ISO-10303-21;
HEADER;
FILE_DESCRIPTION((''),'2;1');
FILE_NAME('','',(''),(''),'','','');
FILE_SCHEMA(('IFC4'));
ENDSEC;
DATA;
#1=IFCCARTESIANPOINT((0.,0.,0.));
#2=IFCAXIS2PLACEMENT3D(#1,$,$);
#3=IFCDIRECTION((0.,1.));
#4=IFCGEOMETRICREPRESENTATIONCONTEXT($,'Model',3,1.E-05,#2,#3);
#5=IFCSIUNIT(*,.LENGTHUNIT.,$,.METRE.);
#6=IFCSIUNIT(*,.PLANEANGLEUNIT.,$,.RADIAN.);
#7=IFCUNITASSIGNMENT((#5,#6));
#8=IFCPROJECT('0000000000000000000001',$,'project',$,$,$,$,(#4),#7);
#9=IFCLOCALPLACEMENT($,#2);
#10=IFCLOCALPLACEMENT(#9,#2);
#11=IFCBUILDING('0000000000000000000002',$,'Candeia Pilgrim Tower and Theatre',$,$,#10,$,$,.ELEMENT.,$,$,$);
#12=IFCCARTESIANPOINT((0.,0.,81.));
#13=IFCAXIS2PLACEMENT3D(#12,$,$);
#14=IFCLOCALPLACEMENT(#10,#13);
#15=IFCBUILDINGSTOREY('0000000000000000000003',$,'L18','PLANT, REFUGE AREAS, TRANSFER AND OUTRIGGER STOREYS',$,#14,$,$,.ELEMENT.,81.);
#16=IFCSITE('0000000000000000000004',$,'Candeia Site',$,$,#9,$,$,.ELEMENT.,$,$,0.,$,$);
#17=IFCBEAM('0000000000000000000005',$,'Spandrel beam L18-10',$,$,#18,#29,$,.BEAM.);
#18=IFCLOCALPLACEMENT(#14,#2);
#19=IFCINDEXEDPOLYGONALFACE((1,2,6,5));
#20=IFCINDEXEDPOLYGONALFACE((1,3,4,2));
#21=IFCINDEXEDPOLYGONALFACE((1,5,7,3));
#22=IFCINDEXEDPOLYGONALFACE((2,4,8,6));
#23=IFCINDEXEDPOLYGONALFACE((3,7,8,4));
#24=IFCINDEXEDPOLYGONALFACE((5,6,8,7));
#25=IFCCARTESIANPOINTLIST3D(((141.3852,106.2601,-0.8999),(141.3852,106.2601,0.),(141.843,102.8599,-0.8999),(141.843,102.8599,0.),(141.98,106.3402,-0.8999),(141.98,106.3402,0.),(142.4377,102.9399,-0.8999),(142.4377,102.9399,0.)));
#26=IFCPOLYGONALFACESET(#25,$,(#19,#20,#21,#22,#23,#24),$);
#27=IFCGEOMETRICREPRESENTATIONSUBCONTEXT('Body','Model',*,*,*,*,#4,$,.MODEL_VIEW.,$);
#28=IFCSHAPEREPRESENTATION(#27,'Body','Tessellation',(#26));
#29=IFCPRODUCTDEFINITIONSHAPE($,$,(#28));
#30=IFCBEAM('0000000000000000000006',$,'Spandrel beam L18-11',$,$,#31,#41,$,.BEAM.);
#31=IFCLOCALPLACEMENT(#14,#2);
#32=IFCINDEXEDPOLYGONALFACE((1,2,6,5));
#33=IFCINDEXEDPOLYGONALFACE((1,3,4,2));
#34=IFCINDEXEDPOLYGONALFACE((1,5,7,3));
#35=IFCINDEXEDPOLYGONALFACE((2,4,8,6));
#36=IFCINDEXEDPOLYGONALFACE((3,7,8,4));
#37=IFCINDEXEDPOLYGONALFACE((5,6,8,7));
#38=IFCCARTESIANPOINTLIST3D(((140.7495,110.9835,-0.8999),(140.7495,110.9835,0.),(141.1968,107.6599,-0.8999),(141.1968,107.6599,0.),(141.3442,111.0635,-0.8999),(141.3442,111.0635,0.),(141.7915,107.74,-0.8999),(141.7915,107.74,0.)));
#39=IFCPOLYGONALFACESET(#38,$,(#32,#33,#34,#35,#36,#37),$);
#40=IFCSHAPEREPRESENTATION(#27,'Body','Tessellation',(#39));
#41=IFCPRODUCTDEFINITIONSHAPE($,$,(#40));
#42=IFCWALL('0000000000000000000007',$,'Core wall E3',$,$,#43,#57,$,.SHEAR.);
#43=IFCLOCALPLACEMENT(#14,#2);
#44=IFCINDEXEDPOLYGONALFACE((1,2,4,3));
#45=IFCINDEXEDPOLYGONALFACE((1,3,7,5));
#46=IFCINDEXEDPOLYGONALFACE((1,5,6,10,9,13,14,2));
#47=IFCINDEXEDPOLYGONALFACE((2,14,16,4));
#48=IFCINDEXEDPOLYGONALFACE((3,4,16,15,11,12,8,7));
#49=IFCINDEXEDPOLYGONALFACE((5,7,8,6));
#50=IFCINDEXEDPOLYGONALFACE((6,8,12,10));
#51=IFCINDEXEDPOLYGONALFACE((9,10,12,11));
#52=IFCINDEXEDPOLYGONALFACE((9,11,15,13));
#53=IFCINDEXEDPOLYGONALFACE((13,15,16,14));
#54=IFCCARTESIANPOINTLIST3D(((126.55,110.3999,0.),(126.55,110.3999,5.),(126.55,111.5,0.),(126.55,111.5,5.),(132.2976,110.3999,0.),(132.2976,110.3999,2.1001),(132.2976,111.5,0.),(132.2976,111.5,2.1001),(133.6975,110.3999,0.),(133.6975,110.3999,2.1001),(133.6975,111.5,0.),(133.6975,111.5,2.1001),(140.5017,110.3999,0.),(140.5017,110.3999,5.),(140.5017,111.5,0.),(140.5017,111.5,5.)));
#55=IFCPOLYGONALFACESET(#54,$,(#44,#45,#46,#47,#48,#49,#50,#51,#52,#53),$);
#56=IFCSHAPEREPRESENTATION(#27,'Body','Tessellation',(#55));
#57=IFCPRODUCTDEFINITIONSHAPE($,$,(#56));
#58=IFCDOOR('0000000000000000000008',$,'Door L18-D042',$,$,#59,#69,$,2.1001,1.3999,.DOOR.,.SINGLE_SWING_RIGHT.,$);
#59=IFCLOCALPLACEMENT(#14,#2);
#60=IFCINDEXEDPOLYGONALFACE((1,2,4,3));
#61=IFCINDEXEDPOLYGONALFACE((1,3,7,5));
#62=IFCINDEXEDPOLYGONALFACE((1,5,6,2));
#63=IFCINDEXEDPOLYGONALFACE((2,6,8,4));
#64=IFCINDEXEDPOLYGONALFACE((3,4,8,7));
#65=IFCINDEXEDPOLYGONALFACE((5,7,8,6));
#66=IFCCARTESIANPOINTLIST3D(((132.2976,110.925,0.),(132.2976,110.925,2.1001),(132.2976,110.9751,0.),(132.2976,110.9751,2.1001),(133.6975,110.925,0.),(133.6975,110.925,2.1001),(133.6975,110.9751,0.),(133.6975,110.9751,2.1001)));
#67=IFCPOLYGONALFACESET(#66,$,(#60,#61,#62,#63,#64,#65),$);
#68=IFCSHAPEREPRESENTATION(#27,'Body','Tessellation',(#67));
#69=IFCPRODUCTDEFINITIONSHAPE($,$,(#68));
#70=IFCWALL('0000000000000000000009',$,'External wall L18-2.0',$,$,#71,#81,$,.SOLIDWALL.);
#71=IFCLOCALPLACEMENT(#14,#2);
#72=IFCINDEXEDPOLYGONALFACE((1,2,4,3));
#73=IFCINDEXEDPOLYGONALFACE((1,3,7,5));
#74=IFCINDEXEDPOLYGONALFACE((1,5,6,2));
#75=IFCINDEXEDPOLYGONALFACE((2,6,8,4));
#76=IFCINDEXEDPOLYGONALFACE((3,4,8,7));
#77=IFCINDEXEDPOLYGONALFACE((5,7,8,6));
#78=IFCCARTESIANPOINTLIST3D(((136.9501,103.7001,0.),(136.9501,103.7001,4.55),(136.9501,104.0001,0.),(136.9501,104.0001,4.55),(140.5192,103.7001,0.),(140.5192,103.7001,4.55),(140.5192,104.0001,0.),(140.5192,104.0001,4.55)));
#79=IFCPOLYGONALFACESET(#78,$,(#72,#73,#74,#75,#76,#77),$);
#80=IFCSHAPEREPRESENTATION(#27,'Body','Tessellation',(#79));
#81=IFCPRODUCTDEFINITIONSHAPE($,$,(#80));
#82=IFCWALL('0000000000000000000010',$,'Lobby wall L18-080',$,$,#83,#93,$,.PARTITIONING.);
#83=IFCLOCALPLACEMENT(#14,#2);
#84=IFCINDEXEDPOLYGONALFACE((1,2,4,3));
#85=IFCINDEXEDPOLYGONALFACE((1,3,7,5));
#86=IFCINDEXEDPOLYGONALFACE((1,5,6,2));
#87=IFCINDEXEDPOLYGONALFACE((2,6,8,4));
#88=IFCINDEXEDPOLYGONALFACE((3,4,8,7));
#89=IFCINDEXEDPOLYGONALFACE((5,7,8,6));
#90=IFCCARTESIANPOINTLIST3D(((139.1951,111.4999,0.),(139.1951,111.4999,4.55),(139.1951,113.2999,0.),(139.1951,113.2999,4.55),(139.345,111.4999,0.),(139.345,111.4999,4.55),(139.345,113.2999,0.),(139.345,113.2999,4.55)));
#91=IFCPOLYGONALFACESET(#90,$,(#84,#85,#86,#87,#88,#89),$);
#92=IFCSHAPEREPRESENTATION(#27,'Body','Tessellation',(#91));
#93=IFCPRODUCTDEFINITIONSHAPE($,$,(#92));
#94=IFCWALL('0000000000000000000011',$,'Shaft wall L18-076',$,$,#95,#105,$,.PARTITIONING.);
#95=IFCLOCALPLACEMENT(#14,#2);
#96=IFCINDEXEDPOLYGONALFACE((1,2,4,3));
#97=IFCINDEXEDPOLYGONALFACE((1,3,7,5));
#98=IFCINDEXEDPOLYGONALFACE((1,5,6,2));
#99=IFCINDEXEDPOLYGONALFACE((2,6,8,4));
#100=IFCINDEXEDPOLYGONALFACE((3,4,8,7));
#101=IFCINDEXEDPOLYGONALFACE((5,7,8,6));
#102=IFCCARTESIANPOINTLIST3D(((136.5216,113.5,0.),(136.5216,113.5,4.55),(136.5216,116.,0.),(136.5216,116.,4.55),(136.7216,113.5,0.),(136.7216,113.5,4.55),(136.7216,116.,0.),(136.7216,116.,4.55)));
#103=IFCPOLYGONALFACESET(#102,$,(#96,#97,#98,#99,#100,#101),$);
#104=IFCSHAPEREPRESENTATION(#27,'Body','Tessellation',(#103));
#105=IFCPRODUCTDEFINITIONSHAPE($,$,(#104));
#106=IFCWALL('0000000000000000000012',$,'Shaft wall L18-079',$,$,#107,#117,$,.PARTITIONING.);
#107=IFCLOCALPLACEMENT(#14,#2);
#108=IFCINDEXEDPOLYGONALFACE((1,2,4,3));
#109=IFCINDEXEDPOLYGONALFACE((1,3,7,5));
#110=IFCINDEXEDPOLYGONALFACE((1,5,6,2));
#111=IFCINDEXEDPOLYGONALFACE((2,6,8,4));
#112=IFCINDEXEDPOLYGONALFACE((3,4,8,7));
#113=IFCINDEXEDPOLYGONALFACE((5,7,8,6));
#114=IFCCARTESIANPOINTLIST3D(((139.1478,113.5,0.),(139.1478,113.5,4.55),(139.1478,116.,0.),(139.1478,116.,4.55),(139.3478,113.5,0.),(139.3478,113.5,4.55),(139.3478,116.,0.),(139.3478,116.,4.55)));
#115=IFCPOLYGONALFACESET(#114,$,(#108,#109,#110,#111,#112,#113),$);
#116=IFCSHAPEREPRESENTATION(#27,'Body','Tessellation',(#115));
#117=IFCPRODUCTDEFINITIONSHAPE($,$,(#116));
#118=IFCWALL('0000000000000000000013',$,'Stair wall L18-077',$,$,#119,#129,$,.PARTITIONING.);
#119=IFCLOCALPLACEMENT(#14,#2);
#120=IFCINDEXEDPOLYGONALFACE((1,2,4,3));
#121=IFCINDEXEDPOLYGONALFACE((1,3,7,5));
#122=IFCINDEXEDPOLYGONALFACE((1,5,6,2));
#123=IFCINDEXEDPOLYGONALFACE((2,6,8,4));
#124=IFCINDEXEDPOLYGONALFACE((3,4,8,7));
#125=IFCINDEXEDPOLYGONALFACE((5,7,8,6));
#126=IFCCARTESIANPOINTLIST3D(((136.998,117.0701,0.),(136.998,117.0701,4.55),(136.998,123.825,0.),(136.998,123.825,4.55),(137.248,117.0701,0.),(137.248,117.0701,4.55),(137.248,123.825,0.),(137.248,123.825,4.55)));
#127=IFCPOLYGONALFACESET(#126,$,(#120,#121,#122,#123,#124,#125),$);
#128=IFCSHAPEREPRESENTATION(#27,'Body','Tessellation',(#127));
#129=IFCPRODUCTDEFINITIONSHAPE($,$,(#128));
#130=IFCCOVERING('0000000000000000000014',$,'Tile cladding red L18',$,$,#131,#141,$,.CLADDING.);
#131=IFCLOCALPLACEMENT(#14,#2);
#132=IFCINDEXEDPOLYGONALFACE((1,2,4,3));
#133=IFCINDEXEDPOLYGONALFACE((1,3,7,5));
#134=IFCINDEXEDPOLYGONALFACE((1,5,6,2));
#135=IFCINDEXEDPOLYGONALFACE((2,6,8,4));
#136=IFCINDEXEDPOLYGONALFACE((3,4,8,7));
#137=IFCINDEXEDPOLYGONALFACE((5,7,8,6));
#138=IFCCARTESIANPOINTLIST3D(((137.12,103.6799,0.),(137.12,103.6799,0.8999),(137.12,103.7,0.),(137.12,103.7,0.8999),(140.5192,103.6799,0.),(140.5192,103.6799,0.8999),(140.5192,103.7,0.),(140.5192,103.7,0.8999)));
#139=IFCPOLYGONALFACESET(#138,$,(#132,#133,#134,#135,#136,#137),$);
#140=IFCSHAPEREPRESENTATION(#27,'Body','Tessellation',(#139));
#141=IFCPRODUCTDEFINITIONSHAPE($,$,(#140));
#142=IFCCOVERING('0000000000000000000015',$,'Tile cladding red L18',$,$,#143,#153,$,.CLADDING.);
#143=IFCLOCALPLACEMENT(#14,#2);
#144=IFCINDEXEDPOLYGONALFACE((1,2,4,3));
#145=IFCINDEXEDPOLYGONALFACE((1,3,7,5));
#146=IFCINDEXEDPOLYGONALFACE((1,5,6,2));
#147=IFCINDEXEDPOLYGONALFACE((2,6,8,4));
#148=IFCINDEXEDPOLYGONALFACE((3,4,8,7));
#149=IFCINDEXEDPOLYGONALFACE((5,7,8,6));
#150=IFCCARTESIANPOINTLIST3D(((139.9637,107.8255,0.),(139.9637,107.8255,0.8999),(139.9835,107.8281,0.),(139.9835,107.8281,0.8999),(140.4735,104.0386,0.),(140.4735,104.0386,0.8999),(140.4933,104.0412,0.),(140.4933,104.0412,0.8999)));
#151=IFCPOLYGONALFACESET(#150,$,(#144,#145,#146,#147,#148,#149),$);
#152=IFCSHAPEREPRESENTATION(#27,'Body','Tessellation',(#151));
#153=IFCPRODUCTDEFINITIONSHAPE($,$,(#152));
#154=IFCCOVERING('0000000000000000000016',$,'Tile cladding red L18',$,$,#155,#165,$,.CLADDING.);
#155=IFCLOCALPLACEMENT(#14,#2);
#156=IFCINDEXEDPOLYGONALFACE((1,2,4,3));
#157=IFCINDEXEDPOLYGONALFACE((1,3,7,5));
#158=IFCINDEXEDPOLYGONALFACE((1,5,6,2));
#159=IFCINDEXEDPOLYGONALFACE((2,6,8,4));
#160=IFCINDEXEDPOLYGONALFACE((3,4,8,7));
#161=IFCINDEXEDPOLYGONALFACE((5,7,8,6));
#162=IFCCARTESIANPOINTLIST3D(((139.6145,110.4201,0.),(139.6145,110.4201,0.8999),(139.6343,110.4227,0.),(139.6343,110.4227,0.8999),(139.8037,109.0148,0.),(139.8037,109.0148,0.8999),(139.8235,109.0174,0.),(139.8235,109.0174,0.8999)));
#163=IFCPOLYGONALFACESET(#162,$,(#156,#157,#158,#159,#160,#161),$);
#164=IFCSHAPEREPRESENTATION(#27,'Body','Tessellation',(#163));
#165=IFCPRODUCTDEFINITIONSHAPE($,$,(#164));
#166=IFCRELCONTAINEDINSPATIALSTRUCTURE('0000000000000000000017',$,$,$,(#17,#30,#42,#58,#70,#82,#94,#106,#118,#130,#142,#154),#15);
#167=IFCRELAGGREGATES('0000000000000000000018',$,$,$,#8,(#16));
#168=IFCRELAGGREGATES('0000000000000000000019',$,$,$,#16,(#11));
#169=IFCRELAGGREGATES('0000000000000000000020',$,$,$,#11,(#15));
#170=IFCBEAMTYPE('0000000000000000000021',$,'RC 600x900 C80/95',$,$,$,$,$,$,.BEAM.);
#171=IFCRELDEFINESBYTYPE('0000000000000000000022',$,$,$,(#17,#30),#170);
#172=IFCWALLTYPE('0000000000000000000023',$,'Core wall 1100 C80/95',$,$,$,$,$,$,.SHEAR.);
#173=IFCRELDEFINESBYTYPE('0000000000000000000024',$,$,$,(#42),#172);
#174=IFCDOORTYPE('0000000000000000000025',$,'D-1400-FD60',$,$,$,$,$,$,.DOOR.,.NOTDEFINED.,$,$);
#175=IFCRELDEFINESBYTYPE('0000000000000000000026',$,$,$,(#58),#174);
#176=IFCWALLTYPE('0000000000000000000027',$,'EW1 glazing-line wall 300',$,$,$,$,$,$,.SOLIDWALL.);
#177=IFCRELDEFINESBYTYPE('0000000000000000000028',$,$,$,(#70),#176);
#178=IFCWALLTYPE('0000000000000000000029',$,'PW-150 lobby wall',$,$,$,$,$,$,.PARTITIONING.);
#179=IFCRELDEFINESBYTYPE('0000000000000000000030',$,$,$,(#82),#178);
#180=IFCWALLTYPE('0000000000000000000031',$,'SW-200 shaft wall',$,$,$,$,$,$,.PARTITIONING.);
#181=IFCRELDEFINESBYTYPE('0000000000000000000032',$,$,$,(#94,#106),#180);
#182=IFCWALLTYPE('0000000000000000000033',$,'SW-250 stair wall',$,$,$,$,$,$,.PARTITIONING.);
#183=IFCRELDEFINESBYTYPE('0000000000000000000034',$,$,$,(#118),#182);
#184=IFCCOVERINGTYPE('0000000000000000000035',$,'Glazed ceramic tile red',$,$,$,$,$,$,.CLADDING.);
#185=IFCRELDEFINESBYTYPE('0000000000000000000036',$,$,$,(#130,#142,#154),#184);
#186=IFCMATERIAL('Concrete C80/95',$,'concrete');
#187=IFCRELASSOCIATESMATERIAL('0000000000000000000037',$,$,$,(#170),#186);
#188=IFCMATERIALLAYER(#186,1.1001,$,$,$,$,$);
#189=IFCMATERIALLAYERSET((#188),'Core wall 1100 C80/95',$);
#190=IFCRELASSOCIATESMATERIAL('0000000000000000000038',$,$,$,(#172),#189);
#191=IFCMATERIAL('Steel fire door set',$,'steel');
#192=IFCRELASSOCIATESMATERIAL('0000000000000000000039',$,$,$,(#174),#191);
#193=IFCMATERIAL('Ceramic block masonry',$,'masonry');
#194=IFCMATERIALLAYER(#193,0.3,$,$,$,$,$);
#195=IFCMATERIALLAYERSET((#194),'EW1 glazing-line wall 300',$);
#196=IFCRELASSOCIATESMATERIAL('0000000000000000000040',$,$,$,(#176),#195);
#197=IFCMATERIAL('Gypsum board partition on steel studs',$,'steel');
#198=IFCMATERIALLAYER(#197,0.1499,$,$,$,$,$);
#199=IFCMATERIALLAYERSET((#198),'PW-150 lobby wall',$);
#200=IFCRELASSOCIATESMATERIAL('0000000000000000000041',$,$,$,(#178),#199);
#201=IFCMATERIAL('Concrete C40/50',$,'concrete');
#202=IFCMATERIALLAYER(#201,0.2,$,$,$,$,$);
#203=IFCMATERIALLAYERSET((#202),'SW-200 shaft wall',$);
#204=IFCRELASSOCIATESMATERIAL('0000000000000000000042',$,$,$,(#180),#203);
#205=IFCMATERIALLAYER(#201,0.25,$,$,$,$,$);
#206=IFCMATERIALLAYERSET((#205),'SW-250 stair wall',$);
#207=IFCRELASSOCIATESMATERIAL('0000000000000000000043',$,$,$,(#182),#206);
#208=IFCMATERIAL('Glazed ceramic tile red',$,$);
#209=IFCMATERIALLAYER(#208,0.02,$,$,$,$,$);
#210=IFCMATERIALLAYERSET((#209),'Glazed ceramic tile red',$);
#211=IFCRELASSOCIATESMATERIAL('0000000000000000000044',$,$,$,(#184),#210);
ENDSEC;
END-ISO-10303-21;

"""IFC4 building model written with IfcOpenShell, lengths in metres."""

from ifc_helpers import new_model, si_unit, direction, frame, frame_2d, origin, origin_2d, place, context, subcontext, project, spatial, rectangle, extrude, material, layer, layer_set, material_profile, profile_set, type_object, element, fill, save


model = new_model("IFC4")

# Units and contexts
model_context = context("Model", 3, precision=1e-05, world=origin(), true_north=direction((0.0, 1.0)))
body_context = subcontext(model_context, "Body", "Model", "MODEL_VIEW")
ifc_project = project(units=[si_unit("LENGTHUNIT", "METRE"), si_unit("PLANEANGLEUNIT", "RADIAN")], contexts=[model_context])

# Site, building, storey
site_placement = place(None, origin())
site = spatial("IfcSite", under=ifc_project, at=site_placement, Name="Candeia Site", CompositionType="ELEMENT", RefElevation=0.0)
building_placement = place(site_placement, origin())
building = spatial("IfcBuilding", under=site, at=building_placement, Name="Candeia Pilgrim Tower and Theatre", CompositionType="ELEMENT")
storey_placement = place(building_placement, frame((0.0, 0.0, 81.0)))
storey = spatial("IfcBuildingStorey", under=building, at=storey_placement, Name="L18", Description="PLANT, REFUGE AREAS, TRANSFER AND OUTRIGGER STOREYS", CompositionType="ELEMENT", Elevation=81.0)

# Shared definitions
ifc_material_1 = material(Name="Concrete C80/95", Category="concrete")

# Beams
ifc_material_profile_1 = material_profile(ifc_material_1, rectangle(XDim=0.6001, YDim=0.8999, at=origin_2d()))
ifc_profile_set_1 = profile_set([ifc_material_profile_1], Name="Concrete C80/95")
beam_type = type_object("IfcBeamType", Name="RC 600x900 C80/95", PredefinedType="BEAM", material=ifc_profile_set_1)
beam_1_placement = place(storey_placement, frame((142.1404, 102.8999, -0.45), z_axis=(-0.133427, 0.991059, 0.0), x_axis=(-0.991059, -0.133427, 0.0)))
element("IfcBeam", 1, at=beam_1_placement, inside=storey, type_object=beam_type, Name="Spandrel beam L18-10", PredefinedType="BEAM", context=body_context, shape_type="SweptSolid", body=[
    extrude(rectangle(XDim=0.6001, YDim=0.8999, at=origin_2d()), origin(), (0.0, 0.0, 1.0), 3.4309),
])
beam_2_placement = place(storey_placement, frame((141.4941, 107.7, -0.45), z_axis=(-0.133375, 0.991066, 0.0), x_axis=(-0.991066, -0.133375, 0.0)))
element("IfcBeam", 2, at=beam_2_placement, inside=storey, type_object=beam_type, Name="Spandrel beam L18-11", PredefinedType="BEAM", context=body_context, shape_type="SweptSolid", body=[
    extrude(rectangle(XDim=0.6001, YDim=0.8999, at=origin_2d()), origin(), (0.0, 0.0, 1.0), 3.3535),
])

# Wall, opening, door
ifc_layer_1 = layer(ifc_material_1, 1.1001)
ifc_layer_set_1 = layer_set([ifc_layer_1], Name="Core wall 1100 C80/95")
wall_type_1 = type_object("IfcWallType", Name="Core wall 1100 C80/95", PredefinedType="SHEAR", material=ifc_layer_set_1)
wall_1_placement = place(storey_placement, frame((140.5017, 110.95, 0.0), z_axis=(0.0, 0.0, 1.0), x_axis=(-1.0, 0.0, 0.0)))
wall_1 = element("IfcWall", 3, at=wall_1_placement, inside=storey, type_object=wall_type_1, Name="Core wall E3", PredefinedType="SHEAR", context=body_context, shape_type="SweptSolid", body=[
    extrude(rectangle(XDim=13.9517, YDim=1.1001, at=frame_2d((6.9758, 0.0))), origin(), (0.0, 0.0, 1.0), 5.0),
])
opening_1_placement = place(wall_1_placement, frame((6.8042, 0.0, 0.0)))
opening_1 = element("IfcOpeningElement", 4, at=opening_1_placement, cuts=wall_1, PredefinedType="OPENING", context=body_context, shape_type="SweptSolid", body=[
    extrude(rectangle(XDim=1.3999, YDim=2.1001, at=frame_2d((0.7, 1.05))), frame((0.0, 0.5601, 0.0), z_axis=(0.0, -1.0, 0.0), x_axis=(1.0, 0.0, 0.0)), (0.0, 0.0, 1.0), 1.1201),
])
ifc_material_2 = material(Name="Steel fire door set", Category="steel")
door_type_1 = type_object("IfcDoorType", Name="D-1400-FD60", OperationType="NOTDEFINED", PredefinedType="DOOR", material=ifc_material_2)
door_1_placement = place(opening_1_placement, origin())
door_1 = element("IfcDoor", 5, at=door_1_placement, inside=storey, type_object=door_type_1, Name="Door L18-D042", OperationType="SINGLE_SWING_RIGHT", OverallHeight=2.1001, OverallWidth=1.3999, PredefinedType="DOOR", context=body_context, shape_type="SweptSolid", body=[
    extrude(rectangle(XDim=1.3999, YDim=2.1001, at=frame_2d((0.7, 1.05))), frame((0.0, 0.0249, 0.0), z_axis=(0.0, -1.0, 0.0), x_axis=(1.0, 0.0, 0.0)), (0.0, 0.0, 1.0), 0.05),
])
fill(opening_1, door_1)

# Wall
ifc_material_3 = material(Name="Ceramic block masonry", Category="masonry")
ifc_layer_2 = layer(ifc_material_3, 0.3)
ifc_layer_set_2 = layer_set([ifc_layer_2], Name="EW1 glazing-line wall 300")
wall_type_2 = type_object("IfcWallType", Name="EW1 glazing-line wall 300", PredefinedType="SOLIDWALL", material=ifc_layer_set_2)
wall_2_placement = place(storey_placement, frame((136.95, 103.8501, 0.0), z_axis=(0.0, 0.0, 1.0), x_axis=(1.0, 0.0, 0.0)))
element("IfcWall", 6, at=wall_2_placement, inside=storey, type_object=wall_type_2, Name="External wall L18-2.0", PredefinedType="SOLIDWALL", context=body_context, shape_type="SweptSolid", body=[
    extrude(rectangle(XDim=3.5691, YDim=0.3, at=frame_2d((1.7847, 0.0))), origin(), (0.0, 0.0, 1.0), 4.55),
])

# Walls
ifc_material_4 = material(Name="Gypsum board partition on steel studs", Category="steel")
ifc_layer_3 = layer(ifc_material_4, 0.1499)
ifc_layer_set_3 = layer_set([ifc_layer_3], Name="PW-150 lobby wall")
wall_type_3 = type_object("IfcWallType", Name="PW-150 lobby wall", PredefinedType="PARTITIONING", material=ifc_layer_set_3)
wall_3_placement = place(storey_placement, frame((139.27, 111.5, 0.0), z_axis=(0.0, 0.0, 1.0), x_axis=(0.0, 1.0, 0.0)))
element("IfcWall", 7, at=wall_3_placement, inside=storey, type_object=wall_type_3, Name="Lobby wall L18-080", PredefinedType="PARTITIONING", context=body_context, shape_type="SweptSolid", body=[
    extrude(rectangle(XDim=1.8, YDim=0.1499, at=frame_2d((0.8999, 0.0))), origin(), (0.0, 0.0, 1.0), 4.55),
])
ifc_material_5 = material(Name="Concrete C40/50", Category="concrete")
ifc_layer_4 = layer(ifc_material_5, 0.2)
ifc_layer_set_4 = layer_set([ifc_layer_4], Name="SW-200 shaft wall")
wall_type_4 = type_object("IfcWallType", Name="SW-200 shaft wall", PredefinedType="PARTITIONING", material=ifc_layer_set_4)
for number, where, z_axis, x_axis, name in (
    (8, (136.6216, 113.5, 0.0), (0.0, 0.0, 1.0), (0.0, 1.0, 0.0), "Shaft wall L18-076"),
    (9, (139.2478, 113.5, 0.0), (0.0, 0.0, 1.0), (0.0, 1.0, 0.0), "Shaft wall L18-079"),
):
    element("IfcWall", number, at=place(storey_placement, frame(where, z_axis=z_axis, x_axis=x_axis)), inside=storey, type_object=wall_type_4, Name=name, PredefinedType="PARTITIONING", context=body_context, shape_type="SweptSolid", body=[
        extrude(rectangle(XDim=2.5, YDim=0.2, at=frame_2d((1.25, 0.0))), origin(), (0.0, 0.0, 1.0), 4.55),
    ])
ifc_layer_5 = layer(ifc_material_5, 0.25)
ifc_layer_set_5 = layer_set([ifc_layer_5], Name="SW-250 stair wall")
wall_type_5 = type_object("IfcWallType", Name="SW-250 stair wall", PredefinedType="PARTITIONING", material=ifc_layer_set_5)
wall_4_placement = place(storey_placement, frame((137.123, 117.0701, 0.0), z_axis=(0.0, 0.0, 1.0), x_axis=(0.0, 1.0, 0.0)))
element("IfcWall", 10, at=wall_4_placement, inside=storey, type_object=wall_type_5, Name="Stair wall L18-077", PredefinedType="PARTITIONING", context=body_context, shape_type="SweptSolid", body=[
    extrude(rectangle(XDim=6.7549, YDim=0.25, at=frame_2d((3.3774, 0.0))), origin(), (0.0, 0.0, 1.0), 4.55),
])

# Coverings
ifc_material_6 = material(Name="Glazed ceramic tile red")
ifc_layer_6 = layer(ifc_material_6, 0.02)
ifc_layer_set_6 = layer_set([ifc_layer_6], Name="Glazed ceramic tile red")
covering_type = type_object("IfcCoveringType", Name="Glazed ceramic tile red", PredefinedType="CLADDING", material=ifc_layer_set_6)
covering_1_placement = place(storey_placement, frame((138.8196, 103.6899, 0.0), z_axis=(0.0, 0.0, 1.0), x_axis=(1.0, 0.0, 0.0)))
element("IfcCovering", 11, at=covering_1_placement, inside=storey, type_object=covering_type, Name="Tile cladding red L18", PredefinedType="CLADDING", context=body_context, shape_type="SweptSolid", body=[
    extrude(rectangle(XDim=3.3992, YDim=0.02, at=origin_2d()), origin(), (0.0, 0.0, 1.0), 0.8999),
])
covering_2_placement = place(storey_placement, frame((140.2285, 105.9333, 0.0), z_axis=(0.0, 0.0, 1.0), x_axis=(-0.133412, 0.991061, 0.0)))
element("IfcCovering", 12, at=covering_2_placement, inside=storey, type_object=covering_type, Name="Tile cladding red L18", PredefinedType="CLADDING", context=body_context, shape_type="SweptSolid", body=[
    extrude(rectangle(XDim=3.821, YDim=0.02, at=origin_2d()), origin(), (0.0, 0.0, 1.0), 0.8999),
])
covering_3_placement = place(storey_placement, frame((139.719, 109.7188, 0.0), z_axis=(0.0, 0.0, 1.0), x_axis=(-0.133412, 0.991061, 0.0)))
element("IfcCovering", 13, at=covering_3_placement, inside=storey, type_object=covering_type, Name="Tile cladding red L18", PredefinedType="CLADDING", context=body_context, shape_type="SweptSolid", body=[
    extrude(rectangle(XDim=1.418, YDim=0.02, at=origin_2d()), origin(), (0.0, 0.0, 1.0), 0.8999),
])

save(model, "model.ifc")
